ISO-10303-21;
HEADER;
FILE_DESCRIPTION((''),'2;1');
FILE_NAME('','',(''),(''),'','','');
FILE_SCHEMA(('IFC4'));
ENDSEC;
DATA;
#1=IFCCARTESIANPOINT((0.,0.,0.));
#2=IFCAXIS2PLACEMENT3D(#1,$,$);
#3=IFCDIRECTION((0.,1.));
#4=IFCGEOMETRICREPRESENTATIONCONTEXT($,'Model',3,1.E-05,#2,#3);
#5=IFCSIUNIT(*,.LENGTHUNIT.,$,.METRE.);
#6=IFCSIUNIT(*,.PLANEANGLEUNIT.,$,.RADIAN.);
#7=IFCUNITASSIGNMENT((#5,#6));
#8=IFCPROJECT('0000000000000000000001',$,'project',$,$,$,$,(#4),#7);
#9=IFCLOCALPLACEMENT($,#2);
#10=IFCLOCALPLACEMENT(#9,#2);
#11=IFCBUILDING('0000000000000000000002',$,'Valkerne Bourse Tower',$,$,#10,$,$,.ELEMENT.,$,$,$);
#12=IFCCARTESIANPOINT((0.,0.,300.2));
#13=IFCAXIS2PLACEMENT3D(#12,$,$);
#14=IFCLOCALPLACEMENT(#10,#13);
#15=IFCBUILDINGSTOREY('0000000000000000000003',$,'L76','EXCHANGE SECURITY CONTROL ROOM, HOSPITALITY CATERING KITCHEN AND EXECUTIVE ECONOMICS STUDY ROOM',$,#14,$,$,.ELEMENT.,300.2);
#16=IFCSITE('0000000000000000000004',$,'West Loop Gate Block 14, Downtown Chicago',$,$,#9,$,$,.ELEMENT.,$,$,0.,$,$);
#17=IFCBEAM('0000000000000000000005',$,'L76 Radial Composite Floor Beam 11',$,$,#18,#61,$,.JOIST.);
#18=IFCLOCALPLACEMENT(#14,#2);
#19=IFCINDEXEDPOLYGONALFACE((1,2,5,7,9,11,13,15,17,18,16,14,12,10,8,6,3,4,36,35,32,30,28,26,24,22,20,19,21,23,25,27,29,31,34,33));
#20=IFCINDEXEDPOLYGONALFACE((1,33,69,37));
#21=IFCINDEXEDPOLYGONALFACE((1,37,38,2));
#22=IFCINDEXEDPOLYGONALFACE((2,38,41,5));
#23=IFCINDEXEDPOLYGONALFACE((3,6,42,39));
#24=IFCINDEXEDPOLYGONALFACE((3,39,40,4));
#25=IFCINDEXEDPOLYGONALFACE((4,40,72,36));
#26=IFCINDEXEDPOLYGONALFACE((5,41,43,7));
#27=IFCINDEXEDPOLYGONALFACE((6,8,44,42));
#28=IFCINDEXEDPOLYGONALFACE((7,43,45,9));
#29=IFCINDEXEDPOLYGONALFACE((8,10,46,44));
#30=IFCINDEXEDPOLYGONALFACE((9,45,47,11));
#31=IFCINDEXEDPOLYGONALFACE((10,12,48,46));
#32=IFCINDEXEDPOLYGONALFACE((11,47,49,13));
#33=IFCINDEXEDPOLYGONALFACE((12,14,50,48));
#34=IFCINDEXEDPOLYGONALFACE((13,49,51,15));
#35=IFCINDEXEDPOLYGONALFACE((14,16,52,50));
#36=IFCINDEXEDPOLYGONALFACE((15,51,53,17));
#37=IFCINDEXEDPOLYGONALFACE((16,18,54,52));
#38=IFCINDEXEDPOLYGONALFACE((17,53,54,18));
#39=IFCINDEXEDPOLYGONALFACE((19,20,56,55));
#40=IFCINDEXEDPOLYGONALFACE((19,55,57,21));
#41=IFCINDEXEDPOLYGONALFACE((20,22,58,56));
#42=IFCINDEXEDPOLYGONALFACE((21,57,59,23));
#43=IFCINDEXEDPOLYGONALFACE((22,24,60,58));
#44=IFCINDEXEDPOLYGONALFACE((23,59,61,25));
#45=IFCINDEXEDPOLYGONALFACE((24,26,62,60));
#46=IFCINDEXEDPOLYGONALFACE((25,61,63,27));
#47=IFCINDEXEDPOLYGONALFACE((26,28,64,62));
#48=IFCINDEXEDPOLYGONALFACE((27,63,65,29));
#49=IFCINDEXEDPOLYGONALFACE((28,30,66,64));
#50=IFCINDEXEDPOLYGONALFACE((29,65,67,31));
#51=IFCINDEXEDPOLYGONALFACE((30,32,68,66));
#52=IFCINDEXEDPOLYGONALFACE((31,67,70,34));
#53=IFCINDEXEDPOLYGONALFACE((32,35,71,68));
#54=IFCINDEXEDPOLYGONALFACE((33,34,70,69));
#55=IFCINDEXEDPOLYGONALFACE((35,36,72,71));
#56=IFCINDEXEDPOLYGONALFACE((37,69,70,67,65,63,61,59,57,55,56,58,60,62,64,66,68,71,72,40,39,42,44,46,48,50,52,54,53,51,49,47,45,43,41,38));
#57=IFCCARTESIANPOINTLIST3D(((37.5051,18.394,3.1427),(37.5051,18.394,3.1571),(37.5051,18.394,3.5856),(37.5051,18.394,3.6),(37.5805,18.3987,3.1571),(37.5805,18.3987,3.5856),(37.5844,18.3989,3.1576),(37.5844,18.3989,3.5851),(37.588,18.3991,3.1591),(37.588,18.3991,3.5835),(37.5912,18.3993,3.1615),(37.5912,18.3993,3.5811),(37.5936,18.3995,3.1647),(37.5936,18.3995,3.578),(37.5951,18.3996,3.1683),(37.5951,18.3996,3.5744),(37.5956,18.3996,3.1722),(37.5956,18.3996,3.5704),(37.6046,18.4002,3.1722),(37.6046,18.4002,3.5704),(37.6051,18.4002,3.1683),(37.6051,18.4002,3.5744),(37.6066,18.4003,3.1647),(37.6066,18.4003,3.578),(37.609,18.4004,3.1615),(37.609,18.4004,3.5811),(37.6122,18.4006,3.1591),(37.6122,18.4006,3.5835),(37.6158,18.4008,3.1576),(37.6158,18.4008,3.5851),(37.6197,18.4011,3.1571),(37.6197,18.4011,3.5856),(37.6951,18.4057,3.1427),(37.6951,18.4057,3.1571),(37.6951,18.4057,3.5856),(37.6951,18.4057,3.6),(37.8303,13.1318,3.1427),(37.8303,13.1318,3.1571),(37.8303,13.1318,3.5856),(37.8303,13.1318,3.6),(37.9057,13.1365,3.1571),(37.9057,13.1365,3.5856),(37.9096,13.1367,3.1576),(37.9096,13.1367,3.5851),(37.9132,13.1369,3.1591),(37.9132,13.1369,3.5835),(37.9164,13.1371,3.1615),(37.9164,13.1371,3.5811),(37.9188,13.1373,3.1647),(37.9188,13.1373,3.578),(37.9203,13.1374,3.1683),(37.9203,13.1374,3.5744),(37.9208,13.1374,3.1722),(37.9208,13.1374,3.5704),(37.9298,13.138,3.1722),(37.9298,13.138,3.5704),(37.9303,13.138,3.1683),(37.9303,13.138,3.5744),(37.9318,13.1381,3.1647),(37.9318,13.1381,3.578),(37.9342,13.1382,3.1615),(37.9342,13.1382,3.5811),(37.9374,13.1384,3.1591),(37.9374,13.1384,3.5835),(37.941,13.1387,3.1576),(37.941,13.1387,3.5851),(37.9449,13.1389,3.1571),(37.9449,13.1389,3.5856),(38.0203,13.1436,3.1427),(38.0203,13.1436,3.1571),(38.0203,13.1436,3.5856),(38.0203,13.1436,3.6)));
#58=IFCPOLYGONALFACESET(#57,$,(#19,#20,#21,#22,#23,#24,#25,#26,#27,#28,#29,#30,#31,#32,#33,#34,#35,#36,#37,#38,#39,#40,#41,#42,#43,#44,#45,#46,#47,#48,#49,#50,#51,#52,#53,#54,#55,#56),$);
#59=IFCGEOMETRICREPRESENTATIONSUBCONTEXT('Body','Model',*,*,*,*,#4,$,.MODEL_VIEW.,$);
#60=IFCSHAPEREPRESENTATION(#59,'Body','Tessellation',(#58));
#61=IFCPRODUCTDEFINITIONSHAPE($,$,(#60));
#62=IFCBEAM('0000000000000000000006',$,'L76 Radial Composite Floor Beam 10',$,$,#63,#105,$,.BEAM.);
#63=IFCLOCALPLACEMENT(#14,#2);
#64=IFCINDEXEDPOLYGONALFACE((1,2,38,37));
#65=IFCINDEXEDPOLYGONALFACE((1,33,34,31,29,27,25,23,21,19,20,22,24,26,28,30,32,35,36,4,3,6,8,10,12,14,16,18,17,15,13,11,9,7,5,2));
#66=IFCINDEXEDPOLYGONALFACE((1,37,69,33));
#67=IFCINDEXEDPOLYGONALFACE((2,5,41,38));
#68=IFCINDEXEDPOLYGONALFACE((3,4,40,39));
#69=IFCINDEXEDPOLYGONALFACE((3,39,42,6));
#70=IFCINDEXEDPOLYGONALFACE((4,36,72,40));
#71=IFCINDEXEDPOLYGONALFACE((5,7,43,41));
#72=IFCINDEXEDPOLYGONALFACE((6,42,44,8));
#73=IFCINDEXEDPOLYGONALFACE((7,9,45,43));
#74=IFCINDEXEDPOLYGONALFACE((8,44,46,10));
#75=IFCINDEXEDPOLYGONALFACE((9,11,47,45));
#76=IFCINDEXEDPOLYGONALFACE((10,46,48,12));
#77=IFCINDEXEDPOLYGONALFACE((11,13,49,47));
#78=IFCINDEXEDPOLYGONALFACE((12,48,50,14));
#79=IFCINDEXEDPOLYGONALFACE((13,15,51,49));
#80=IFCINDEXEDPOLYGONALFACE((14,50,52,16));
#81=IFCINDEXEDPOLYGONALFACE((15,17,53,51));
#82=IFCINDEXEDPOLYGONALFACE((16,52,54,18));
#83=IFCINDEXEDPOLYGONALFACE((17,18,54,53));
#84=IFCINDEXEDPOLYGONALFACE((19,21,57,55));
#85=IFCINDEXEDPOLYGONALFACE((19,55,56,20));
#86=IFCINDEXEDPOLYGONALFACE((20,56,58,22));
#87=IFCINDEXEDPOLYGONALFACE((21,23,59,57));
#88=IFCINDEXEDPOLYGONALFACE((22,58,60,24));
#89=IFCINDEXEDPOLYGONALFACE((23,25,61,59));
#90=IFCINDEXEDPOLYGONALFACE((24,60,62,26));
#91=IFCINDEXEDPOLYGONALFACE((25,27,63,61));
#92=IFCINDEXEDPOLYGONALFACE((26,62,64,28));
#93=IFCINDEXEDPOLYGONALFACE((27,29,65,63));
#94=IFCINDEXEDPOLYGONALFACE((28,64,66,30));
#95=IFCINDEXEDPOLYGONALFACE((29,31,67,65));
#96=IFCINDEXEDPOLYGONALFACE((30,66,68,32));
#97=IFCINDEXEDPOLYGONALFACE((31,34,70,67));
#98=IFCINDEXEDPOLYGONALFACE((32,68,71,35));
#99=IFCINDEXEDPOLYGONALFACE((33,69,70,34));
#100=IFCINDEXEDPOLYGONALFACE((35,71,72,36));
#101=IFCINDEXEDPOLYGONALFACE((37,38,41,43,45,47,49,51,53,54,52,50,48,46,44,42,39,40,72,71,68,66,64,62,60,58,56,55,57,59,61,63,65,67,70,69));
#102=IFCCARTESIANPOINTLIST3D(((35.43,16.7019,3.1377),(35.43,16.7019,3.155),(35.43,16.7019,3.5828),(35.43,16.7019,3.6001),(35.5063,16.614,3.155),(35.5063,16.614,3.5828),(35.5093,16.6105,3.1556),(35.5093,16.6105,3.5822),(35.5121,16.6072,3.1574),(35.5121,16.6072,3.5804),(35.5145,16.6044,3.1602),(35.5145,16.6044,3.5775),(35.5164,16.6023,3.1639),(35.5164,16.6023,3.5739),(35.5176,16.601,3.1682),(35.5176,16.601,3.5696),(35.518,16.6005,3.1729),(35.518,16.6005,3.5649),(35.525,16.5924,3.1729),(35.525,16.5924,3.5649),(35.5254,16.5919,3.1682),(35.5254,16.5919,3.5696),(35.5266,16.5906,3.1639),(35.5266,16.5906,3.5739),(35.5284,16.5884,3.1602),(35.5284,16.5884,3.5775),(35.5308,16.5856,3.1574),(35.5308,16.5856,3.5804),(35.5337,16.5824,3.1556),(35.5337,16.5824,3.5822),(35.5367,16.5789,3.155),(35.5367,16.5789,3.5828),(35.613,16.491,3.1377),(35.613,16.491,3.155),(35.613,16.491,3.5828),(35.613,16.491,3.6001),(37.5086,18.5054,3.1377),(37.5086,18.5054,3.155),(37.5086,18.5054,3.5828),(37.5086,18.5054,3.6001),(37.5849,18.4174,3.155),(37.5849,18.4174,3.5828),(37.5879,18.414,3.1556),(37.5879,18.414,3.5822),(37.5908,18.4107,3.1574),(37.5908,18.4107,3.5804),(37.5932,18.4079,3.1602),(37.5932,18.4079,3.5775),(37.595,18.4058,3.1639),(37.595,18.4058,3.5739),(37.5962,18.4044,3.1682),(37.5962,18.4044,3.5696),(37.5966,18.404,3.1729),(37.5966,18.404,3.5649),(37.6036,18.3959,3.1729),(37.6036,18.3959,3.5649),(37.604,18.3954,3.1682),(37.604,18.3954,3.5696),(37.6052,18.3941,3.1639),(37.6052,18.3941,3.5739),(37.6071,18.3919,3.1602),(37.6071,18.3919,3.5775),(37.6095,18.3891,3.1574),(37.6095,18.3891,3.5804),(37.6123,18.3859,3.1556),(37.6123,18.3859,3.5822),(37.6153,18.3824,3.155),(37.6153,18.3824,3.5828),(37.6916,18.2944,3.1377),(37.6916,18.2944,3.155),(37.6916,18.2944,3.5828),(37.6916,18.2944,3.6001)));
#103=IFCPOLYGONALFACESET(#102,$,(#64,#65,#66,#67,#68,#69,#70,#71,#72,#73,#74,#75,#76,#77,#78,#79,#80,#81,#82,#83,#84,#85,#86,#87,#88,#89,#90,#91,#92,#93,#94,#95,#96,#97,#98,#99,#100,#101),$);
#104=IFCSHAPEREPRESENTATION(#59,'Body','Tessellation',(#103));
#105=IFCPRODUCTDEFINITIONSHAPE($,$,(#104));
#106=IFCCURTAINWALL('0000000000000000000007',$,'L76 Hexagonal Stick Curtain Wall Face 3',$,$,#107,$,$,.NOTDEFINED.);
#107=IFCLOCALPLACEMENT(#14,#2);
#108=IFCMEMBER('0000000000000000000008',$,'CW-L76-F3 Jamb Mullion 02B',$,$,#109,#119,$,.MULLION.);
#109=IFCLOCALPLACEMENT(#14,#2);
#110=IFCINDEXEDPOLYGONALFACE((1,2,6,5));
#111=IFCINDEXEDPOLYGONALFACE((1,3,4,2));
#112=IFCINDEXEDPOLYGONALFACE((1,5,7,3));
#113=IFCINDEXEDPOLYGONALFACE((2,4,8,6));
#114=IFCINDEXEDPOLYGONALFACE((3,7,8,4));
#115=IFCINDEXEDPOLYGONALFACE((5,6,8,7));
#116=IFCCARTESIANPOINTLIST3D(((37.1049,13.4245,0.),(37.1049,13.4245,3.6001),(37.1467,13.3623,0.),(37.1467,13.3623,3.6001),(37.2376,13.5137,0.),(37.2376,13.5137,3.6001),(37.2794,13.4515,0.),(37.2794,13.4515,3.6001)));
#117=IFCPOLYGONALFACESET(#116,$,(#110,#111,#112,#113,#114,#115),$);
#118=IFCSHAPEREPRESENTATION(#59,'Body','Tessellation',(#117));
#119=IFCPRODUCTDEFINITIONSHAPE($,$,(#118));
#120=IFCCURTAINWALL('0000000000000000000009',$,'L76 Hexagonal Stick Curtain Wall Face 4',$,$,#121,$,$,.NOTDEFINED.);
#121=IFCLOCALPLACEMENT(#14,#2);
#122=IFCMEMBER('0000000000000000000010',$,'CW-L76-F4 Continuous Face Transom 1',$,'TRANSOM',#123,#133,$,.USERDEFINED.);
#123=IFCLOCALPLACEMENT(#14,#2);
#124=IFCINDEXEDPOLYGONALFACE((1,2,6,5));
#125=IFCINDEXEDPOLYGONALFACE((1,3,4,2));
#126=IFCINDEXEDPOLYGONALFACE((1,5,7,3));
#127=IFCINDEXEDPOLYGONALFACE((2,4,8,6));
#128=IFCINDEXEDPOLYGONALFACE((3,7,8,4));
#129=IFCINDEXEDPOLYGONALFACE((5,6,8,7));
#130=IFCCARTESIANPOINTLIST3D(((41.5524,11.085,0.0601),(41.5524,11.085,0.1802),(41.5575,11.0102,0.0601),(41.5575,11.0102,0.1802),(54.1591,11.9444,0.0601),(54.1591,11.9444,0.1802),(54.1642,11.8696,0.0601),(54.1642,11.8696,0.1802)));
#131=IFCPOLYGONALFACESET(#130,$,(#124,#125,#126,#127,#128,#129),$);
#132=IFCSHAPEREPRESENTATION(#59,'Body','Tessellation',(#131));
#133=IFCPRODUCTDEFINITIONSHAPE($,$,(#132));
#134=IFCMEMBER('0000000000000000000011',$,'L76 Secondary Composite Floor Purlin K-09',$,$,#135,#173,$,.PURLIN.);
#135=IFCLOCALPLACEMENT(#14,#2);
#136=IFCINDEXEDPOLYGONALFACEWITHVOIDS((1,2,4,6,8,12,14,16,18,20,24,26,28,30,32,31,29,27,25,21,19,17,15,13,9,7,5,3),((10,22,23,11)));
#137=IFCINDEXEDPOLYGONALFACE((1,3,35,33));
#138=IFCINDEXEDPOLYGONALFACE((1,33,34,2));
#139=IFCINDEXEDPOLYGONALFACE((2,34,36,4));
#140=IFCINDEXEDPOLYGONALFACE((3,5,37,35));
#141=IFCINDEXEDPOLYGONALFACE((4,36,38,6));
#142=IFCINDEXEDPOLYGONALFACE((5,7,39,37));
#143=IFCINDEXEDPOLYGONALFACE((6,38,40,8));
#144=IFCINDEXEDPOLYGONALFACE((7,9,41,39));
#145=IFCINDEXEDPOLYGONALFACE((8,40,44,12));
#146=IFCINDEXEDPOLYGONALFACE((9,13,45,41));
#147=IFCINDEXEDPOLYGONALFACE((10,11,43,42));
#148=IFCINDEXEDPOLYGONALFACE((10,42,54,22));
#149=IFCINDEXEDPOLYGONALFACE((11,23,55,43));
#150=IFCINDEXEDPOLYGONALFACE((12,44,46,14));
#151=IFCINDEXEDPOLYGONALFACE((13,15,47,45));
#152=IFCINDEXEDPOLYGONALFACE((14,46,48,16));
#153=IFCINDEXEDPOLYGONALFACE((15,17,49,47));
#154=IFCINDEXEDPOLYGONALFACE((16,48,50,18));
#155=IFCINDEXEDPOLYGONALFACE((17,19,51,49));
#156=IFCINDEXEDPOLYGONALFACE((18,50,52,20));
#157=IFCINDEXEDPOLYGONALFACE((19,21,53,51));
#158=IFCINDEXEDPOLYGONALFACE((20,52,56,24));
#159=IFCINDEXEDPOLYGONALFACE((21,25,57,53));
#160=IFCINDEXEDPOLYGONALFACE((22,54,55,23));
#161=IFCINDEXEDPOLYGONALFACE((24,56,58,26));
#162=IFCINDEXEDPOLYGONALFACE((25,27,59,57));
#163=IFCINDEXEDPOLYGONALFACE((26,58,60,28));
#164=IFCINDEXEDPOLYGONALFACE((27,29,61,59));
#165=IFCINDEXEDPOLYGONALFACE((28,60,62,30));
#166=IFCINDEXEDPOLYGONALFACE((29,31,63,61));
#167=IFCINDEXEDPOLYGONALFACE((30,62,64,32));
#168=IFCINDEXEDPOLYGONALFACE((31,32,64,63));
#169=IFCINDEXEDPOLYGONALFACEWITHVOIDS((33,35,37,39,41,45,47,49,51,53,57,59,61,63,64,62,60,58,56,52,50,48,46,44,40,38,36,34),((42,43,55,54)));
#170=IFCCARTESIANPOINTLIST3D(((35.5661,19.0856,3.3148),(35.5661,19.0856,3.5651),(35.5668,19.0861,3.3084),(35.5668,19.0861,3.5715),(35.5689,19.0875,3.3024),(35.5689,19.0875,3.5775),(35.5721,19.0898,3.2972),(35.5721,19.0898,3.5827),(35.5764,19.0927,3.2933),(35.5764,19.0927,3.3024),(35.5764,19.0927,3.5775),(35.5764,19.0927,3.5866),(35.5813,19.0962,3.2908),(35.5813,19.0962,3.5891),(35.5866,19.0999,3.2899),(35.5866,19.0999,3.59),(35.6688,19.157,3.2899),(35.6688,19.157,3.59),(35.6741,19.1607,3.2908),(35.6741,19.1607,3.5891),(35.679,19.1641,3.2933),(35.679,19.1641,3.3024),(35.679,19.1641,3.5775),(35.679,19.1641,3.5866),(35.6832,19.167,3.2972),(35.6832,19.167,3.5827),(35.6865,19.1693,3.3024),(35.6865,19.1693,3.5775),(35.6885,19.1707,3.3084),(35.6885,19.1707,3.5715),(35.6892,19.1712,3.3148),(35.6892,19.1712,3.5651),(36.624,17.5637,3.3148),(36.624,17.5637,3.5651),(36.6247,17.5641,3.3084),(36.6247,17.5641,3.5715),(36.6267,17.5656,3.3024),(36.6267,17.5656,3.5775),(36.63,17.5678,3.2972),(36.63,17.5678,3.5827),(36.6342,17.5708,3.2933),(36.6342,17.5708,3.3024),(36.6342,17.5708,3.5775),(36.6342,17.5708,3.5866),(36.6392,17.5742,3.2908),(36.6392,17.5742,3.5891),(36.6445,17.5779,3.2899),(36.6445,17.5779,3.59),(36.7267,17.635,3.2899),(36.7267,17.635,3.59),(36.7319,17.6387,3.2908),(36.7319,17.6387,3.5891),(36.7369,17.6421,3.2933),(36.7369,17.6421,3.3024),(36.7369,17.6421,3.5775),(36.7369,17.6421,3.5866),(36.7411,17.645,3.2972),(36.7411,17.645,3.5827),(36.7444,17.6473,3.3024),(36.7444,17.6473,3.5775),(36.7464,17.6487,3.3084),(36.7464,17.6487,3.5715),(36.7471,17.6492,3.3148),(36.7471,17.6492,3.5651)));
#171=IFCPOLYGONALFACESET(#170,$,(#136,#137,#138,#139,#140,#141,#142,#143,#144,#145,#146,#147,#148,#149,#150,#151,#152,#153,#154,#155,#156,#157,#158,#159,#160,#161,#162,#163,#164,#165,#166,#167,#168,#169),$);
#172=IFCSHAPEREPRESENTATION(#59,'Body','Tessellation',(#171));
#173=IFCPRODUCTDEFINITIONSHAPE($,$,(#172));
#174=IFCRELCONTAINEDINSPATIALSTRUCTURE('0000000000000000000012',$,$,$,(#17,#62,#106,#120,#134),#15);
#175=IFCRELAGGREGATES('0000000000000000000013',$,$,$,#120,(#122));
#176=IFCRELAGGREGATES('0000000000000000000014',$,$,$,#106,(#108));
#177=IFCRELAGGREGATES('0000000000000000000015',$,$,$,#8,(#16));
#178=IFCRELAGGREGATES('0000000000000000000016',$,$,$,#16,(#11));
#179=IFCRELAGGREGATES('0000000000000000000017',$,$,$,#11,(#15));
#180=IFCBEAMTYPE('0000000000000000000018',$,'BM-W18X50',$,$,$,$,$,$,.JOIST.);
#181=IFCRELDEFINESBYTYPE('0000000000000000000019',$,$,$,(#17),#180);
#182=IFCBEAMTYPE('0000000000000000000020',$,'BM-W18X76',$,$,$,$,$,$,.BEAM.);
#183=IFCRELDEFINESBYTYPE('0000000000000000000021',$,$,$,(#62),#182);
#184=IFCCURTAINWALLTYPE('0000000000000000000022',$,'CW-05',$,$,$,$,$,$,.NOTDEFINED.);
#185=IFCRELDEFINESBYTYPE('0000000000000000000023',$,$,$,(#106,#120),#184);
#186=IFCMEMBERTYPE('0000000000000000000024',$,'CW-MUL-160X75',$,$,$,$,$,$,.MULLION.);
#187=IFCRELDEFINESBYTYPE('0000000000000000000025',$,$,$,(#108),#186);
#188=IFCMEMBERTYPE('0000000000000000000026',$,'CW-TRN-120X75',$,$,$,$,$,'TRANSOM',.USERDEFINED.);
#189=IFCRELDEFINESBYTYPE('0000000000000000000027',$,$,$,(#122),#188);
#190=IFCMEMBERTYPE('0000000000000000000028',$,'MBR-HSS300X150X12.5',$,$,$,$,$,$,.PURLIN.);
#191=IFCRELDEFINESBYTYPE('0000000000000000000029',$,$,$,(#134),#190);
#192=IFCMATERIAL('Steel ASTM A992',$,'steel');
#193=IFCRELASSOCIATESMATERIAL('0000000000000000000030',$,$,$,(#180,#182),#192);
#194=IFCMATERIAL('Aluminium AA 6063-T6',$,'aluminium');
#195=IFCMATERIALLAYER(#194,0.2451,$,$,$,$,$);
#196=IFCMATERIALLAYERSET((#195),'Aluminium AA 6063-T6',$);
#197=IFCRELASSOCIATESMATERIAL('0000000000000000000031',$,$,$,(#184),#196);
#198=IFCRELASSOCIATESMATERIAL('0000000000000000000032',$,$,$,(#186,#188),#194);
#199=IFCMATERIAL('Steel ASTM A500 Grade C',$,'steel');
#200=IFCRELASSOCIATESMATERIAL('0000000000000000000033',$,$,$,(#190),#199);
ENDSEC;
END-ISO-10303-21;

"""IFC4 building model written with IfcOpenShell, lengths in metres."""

from ifc_helpers import new_model, si_unit, direction, frame, origin, origin_2d, place, context, subcontext, project, spatial, rectangle, hollow_rectangle, i_section, extrude, material, layer, layer_set, material_profile, profile_set, type_object, element, aggregate, save


model = new_model("IFC4")

# Units and contexts
model_context = context("Model", 3, precision=1e-05, world=origin(), true_north=direction((0.0, 1.0)))
body_context = subcontext(model_context, "Body", "Model", "MODEL_VIEW")
ifc_project = project(units=[si_unit("LENGTHUNIT", "METRE"), si_unit("PLANEANGLEUNIT", "RADIAN")], contexts=[model_context])

# Site, building, storey
site_placement = place(None, origin())
site = spatial("IfcSite", under=ifc_project, at=site_placement, Name="West Loop Gate Block 14, Downtown Chicago", CompositionType="ELEMENT", RefElevation=0.0)
building_placement = place(site_placement, origin())
building = spatial("IfcBuilding", under=site, at=building_placement, Name="Valkerne Bourse Tower", CompositionType="ELEMENT")
storey_placement = place(building_placement, frame((0.0, 0.0, 300.2)))
storey = spatial("IfcBuildingStorey", under=building, at=storey_placement, Name="L76", Description="EXCHANGE SECURITY CONTROL ROOM, HOSPITALITY CATERING KITCHEN AND EXECUTIVE ECONOMICS STUDY ROOM", CompositionType="ELEMENT", Elevation=300.2)

# Beams
ifc_material_1 = material(Name="Steel ASTM A992", Category="steel")
ifc_material_profile_1 = material_profile(ifc_material_1, i_section(OverallWidth=0.1904, OverallDepth=0.4573, WebThickness=0.009, FlangeThickness=0.0144, FilletRadius=0.0151, at=origin_2d()), Name="W18X50")
ifc_profile_set_1 = profile_set([ifc_material_profile_1], Name="Steel ASTM A992")
beam_type_1 = type_object("IfcBeamType", Name="BM-W18X50", PredefinedType="JOIST", material=ifc_profile_set_1)
beam_1_placement = place(storey_placement, frame((37.9253, 13.1377, 3.3713), z_axis=(-0.061681, 0.998096, 0.0), x_axis=(-0.998096, -0.061681, 0.0)))
element("IfcBeam", 1, at=beam_1_placement, inside=storey, type_object=beam_type_1, Name="L76 Radial Composite Floor Beam 11", PredefinedType="JOIST", context=body_context, shape_type="SweptSolid", body=[
    extrude(i_section(OverallWidth=0.1904, OverallDepth=0.4573, WebThickness=0.009, FlangeThickness=0.0144, FilletRadius=0.0151, at=origin_2d()), origin(), (0.0, 0.0, 1.0), 5.2722),
])
ifc_material_profile_2 = material_profile(ifc_material_1, i_section(OverallWidth=0.2793, OverallDepth=0.4624, WebThickness=0.0107, FlangeThickness=0.0173, FilletRadius=0.0178, at=origin_2d()), Name="W18X76")
ifc_profile_set_2 = profile_set([ifc_material_profile_2], Name="Steel ASTM A992")
beam_type_2 = type_object("IfcBeamType", Name="BM-W18X76", PredefinedType="BEAM", material=ifc_profile_set_2)
beam_2_placement = place(storey_placement, frame((35.5215, 16.5964, 3.3689), z_axis=(0.755329, 0.655346, 0.0), x_axis=(-0.655346, 0.755329, 0.0)))
element("IfcBeam", 2, at=beam_2_placement, inside=storey, type_object=beam_type_2, Name="L76 Radial Composite Floor Beam 10", PredefinedType="BEAM", context=body_context, shape_type="SweptSolid", body=[
    extrude(i_section(OverallWidth=0.2793, OverallDepth=0.4624, WebThickness=0.0107, FlangeThickness=0.0173, FilletRadius=0.0178, at=origin_2d()), origin(), (0.0, 0.0, 1.0), 2.752),
])

# Curtain walls, members
ifc_material_2 = material(Name="Aluminium AA 6063-T6", Category="aluminium")
ifc_layer_1 = layer(ifc_material_2, 0.2451)
ifc_layer_set_1 = layer_set([ifc_layer_1], Name="Aluminium AA 6063-T6")
curtain_wall_type = type_object("IfcCurtainWallType", Name="CW-05", PredefinedType="NOTDEFINED", material=ifc_layer_set_1)
curtain_wall_1_placement = place(storey_placement, origin())
curtain_wall_1 = element("IfcCurtainWall", 3, at=curtain_wall_1_placement, inside=storey, type_object=curtain_wall_type, Name="L76 Hexagonal Stick Curtain Wall Face 3", PredefinedType="NOTDEFINED")
ifc_material_profile_3 = material_profile(ifc_material_2, rectangle(XDim=0.075, YDim=0.1599, at=origin_2d()), Name="CWM-75X160")
ifc_profile_set_3 = profile_set([ifc_material_profile_3], Name="Aluminium AA 6063-T6")
member_type_1 = type_object("IfcMemberType", Name="CW-MUL-160X75", PredefinedType="MULLION", material=ifc_profile_set_3)
member_1_placement = place(storey_placement, frame((37.1921, 13.438, 0.0), z_axis=(0.0, 0.0, 1.0), x_axis=(0.557743, -0.830014, 0.0)))
member_1 = element("IfcMember", 4, at=member_1_placement, type_object=member_type_1, Name="CW-L76-F3 Jamb Mullion 02B", PredefinedType="MULLION", context=body_context, shape_type="SweptSolid", body=[
    extrude(rectangle(XDim=0.075, YDim=0.1599, at=origin_2d()), origin(), (0.0, 0.0, 1.0), 3.6001),
])
curtain_wall_2_placement = place(storey_placement, origin())
curtain_wall_2 = element("IfcCurtainWall", 5, at=curtain_wall_2_placement, inside=storey, type_object=curtain_wall_type, Name="L76 Hexagonal Stick Curtain Wall Face 4", PredefinedType="NOTDEFINED")
ifc_material_profile_4 = material_profile(ifc_material_2, rectangle(XDim=0.075, YDim=0.1201, at=origin_2d()), Name="CWT-75X120")
ifc_profile_set_4 = profile_set([ifc_material_profile_4], Name="Aluminium AA 6063-T6")
member_type_2 = type_object("IfcMemberType", Name="CW-TRN-120X75", ElementType="TRANSOM", PredefinedType="USERDEFINED", material=ifc_profile_set_4)
member_2_placement = place(storey_placement, frame((41.5549, 11.0476, 0.1201), z_axis=(0.997685, 0.06801, 0.0), x_axis=(-0.06801, 0.997685, 0.0)))
member_2 = element("IfcMember", 6, at=member_2_placement, type_object=member_type_2, Name="CW-L76-F4 Continuous Face Transom 1", ObjectType="TRANSOM", PredefinedType="USERDEFINED", context=body_context, shape_type="SweptSolid", body=[
    extrude(rectangle(XDim=0.075, YDim=0.1201, at=origin_2d()), origin(), (0.0, 0.0, 1.0), 12.636),
])
aggregate(curtain_wall_2, [member_2])

# Member
ifc_material_3 = material(Name="Steel ASTM A500 Grade C", Category="steel")
ifc_material_profile_5 = material_profile(ifc_material_3, hollow_rectangle(XDim=0.1499, YDim=0.3, WallThickness=0.0125, OuterFilletRadius=0.0249, at=origin_2d()), Name="HSS300X150X12.5")
ifc_profile_set_5 = profile_set([ifc_material_profile_5], Name="Steel ASTM A500 Grade C")
member_type_3 = type_object("IfcMemberType", Name="MBR-HSS300X150X12.5", PredefinedType="PURLIN", material=ifc_profile_set_5)
member_3_placement = place(storey_placement, frame((35.6277, 19.1284, 3.4399), z_axis=(0.570736, -0.821133, 0.0), x_axis=(0.821133, 0.570736, 0.0)))
element("IfcMember", 7, at=member_3_placement, inside=storey, type_object=member_type_3, Name="L76 Secondary Composite Floor Purlin K-09", PredefinedType="PURLIN", context=body_context, shape_type="SweptSolid", body=[
    extrude(hollow_rectangle(XDim=0.1499, YDim=0.3, WallThickness=0.0125, OuterFilletRadius=0.0249, at=origin_2d()), origin(), (0.0, 0.0, 1.0), 1.8535),
])

aggregate(curtain_wall_1, [member_1])

save(model, "model.ifc")
